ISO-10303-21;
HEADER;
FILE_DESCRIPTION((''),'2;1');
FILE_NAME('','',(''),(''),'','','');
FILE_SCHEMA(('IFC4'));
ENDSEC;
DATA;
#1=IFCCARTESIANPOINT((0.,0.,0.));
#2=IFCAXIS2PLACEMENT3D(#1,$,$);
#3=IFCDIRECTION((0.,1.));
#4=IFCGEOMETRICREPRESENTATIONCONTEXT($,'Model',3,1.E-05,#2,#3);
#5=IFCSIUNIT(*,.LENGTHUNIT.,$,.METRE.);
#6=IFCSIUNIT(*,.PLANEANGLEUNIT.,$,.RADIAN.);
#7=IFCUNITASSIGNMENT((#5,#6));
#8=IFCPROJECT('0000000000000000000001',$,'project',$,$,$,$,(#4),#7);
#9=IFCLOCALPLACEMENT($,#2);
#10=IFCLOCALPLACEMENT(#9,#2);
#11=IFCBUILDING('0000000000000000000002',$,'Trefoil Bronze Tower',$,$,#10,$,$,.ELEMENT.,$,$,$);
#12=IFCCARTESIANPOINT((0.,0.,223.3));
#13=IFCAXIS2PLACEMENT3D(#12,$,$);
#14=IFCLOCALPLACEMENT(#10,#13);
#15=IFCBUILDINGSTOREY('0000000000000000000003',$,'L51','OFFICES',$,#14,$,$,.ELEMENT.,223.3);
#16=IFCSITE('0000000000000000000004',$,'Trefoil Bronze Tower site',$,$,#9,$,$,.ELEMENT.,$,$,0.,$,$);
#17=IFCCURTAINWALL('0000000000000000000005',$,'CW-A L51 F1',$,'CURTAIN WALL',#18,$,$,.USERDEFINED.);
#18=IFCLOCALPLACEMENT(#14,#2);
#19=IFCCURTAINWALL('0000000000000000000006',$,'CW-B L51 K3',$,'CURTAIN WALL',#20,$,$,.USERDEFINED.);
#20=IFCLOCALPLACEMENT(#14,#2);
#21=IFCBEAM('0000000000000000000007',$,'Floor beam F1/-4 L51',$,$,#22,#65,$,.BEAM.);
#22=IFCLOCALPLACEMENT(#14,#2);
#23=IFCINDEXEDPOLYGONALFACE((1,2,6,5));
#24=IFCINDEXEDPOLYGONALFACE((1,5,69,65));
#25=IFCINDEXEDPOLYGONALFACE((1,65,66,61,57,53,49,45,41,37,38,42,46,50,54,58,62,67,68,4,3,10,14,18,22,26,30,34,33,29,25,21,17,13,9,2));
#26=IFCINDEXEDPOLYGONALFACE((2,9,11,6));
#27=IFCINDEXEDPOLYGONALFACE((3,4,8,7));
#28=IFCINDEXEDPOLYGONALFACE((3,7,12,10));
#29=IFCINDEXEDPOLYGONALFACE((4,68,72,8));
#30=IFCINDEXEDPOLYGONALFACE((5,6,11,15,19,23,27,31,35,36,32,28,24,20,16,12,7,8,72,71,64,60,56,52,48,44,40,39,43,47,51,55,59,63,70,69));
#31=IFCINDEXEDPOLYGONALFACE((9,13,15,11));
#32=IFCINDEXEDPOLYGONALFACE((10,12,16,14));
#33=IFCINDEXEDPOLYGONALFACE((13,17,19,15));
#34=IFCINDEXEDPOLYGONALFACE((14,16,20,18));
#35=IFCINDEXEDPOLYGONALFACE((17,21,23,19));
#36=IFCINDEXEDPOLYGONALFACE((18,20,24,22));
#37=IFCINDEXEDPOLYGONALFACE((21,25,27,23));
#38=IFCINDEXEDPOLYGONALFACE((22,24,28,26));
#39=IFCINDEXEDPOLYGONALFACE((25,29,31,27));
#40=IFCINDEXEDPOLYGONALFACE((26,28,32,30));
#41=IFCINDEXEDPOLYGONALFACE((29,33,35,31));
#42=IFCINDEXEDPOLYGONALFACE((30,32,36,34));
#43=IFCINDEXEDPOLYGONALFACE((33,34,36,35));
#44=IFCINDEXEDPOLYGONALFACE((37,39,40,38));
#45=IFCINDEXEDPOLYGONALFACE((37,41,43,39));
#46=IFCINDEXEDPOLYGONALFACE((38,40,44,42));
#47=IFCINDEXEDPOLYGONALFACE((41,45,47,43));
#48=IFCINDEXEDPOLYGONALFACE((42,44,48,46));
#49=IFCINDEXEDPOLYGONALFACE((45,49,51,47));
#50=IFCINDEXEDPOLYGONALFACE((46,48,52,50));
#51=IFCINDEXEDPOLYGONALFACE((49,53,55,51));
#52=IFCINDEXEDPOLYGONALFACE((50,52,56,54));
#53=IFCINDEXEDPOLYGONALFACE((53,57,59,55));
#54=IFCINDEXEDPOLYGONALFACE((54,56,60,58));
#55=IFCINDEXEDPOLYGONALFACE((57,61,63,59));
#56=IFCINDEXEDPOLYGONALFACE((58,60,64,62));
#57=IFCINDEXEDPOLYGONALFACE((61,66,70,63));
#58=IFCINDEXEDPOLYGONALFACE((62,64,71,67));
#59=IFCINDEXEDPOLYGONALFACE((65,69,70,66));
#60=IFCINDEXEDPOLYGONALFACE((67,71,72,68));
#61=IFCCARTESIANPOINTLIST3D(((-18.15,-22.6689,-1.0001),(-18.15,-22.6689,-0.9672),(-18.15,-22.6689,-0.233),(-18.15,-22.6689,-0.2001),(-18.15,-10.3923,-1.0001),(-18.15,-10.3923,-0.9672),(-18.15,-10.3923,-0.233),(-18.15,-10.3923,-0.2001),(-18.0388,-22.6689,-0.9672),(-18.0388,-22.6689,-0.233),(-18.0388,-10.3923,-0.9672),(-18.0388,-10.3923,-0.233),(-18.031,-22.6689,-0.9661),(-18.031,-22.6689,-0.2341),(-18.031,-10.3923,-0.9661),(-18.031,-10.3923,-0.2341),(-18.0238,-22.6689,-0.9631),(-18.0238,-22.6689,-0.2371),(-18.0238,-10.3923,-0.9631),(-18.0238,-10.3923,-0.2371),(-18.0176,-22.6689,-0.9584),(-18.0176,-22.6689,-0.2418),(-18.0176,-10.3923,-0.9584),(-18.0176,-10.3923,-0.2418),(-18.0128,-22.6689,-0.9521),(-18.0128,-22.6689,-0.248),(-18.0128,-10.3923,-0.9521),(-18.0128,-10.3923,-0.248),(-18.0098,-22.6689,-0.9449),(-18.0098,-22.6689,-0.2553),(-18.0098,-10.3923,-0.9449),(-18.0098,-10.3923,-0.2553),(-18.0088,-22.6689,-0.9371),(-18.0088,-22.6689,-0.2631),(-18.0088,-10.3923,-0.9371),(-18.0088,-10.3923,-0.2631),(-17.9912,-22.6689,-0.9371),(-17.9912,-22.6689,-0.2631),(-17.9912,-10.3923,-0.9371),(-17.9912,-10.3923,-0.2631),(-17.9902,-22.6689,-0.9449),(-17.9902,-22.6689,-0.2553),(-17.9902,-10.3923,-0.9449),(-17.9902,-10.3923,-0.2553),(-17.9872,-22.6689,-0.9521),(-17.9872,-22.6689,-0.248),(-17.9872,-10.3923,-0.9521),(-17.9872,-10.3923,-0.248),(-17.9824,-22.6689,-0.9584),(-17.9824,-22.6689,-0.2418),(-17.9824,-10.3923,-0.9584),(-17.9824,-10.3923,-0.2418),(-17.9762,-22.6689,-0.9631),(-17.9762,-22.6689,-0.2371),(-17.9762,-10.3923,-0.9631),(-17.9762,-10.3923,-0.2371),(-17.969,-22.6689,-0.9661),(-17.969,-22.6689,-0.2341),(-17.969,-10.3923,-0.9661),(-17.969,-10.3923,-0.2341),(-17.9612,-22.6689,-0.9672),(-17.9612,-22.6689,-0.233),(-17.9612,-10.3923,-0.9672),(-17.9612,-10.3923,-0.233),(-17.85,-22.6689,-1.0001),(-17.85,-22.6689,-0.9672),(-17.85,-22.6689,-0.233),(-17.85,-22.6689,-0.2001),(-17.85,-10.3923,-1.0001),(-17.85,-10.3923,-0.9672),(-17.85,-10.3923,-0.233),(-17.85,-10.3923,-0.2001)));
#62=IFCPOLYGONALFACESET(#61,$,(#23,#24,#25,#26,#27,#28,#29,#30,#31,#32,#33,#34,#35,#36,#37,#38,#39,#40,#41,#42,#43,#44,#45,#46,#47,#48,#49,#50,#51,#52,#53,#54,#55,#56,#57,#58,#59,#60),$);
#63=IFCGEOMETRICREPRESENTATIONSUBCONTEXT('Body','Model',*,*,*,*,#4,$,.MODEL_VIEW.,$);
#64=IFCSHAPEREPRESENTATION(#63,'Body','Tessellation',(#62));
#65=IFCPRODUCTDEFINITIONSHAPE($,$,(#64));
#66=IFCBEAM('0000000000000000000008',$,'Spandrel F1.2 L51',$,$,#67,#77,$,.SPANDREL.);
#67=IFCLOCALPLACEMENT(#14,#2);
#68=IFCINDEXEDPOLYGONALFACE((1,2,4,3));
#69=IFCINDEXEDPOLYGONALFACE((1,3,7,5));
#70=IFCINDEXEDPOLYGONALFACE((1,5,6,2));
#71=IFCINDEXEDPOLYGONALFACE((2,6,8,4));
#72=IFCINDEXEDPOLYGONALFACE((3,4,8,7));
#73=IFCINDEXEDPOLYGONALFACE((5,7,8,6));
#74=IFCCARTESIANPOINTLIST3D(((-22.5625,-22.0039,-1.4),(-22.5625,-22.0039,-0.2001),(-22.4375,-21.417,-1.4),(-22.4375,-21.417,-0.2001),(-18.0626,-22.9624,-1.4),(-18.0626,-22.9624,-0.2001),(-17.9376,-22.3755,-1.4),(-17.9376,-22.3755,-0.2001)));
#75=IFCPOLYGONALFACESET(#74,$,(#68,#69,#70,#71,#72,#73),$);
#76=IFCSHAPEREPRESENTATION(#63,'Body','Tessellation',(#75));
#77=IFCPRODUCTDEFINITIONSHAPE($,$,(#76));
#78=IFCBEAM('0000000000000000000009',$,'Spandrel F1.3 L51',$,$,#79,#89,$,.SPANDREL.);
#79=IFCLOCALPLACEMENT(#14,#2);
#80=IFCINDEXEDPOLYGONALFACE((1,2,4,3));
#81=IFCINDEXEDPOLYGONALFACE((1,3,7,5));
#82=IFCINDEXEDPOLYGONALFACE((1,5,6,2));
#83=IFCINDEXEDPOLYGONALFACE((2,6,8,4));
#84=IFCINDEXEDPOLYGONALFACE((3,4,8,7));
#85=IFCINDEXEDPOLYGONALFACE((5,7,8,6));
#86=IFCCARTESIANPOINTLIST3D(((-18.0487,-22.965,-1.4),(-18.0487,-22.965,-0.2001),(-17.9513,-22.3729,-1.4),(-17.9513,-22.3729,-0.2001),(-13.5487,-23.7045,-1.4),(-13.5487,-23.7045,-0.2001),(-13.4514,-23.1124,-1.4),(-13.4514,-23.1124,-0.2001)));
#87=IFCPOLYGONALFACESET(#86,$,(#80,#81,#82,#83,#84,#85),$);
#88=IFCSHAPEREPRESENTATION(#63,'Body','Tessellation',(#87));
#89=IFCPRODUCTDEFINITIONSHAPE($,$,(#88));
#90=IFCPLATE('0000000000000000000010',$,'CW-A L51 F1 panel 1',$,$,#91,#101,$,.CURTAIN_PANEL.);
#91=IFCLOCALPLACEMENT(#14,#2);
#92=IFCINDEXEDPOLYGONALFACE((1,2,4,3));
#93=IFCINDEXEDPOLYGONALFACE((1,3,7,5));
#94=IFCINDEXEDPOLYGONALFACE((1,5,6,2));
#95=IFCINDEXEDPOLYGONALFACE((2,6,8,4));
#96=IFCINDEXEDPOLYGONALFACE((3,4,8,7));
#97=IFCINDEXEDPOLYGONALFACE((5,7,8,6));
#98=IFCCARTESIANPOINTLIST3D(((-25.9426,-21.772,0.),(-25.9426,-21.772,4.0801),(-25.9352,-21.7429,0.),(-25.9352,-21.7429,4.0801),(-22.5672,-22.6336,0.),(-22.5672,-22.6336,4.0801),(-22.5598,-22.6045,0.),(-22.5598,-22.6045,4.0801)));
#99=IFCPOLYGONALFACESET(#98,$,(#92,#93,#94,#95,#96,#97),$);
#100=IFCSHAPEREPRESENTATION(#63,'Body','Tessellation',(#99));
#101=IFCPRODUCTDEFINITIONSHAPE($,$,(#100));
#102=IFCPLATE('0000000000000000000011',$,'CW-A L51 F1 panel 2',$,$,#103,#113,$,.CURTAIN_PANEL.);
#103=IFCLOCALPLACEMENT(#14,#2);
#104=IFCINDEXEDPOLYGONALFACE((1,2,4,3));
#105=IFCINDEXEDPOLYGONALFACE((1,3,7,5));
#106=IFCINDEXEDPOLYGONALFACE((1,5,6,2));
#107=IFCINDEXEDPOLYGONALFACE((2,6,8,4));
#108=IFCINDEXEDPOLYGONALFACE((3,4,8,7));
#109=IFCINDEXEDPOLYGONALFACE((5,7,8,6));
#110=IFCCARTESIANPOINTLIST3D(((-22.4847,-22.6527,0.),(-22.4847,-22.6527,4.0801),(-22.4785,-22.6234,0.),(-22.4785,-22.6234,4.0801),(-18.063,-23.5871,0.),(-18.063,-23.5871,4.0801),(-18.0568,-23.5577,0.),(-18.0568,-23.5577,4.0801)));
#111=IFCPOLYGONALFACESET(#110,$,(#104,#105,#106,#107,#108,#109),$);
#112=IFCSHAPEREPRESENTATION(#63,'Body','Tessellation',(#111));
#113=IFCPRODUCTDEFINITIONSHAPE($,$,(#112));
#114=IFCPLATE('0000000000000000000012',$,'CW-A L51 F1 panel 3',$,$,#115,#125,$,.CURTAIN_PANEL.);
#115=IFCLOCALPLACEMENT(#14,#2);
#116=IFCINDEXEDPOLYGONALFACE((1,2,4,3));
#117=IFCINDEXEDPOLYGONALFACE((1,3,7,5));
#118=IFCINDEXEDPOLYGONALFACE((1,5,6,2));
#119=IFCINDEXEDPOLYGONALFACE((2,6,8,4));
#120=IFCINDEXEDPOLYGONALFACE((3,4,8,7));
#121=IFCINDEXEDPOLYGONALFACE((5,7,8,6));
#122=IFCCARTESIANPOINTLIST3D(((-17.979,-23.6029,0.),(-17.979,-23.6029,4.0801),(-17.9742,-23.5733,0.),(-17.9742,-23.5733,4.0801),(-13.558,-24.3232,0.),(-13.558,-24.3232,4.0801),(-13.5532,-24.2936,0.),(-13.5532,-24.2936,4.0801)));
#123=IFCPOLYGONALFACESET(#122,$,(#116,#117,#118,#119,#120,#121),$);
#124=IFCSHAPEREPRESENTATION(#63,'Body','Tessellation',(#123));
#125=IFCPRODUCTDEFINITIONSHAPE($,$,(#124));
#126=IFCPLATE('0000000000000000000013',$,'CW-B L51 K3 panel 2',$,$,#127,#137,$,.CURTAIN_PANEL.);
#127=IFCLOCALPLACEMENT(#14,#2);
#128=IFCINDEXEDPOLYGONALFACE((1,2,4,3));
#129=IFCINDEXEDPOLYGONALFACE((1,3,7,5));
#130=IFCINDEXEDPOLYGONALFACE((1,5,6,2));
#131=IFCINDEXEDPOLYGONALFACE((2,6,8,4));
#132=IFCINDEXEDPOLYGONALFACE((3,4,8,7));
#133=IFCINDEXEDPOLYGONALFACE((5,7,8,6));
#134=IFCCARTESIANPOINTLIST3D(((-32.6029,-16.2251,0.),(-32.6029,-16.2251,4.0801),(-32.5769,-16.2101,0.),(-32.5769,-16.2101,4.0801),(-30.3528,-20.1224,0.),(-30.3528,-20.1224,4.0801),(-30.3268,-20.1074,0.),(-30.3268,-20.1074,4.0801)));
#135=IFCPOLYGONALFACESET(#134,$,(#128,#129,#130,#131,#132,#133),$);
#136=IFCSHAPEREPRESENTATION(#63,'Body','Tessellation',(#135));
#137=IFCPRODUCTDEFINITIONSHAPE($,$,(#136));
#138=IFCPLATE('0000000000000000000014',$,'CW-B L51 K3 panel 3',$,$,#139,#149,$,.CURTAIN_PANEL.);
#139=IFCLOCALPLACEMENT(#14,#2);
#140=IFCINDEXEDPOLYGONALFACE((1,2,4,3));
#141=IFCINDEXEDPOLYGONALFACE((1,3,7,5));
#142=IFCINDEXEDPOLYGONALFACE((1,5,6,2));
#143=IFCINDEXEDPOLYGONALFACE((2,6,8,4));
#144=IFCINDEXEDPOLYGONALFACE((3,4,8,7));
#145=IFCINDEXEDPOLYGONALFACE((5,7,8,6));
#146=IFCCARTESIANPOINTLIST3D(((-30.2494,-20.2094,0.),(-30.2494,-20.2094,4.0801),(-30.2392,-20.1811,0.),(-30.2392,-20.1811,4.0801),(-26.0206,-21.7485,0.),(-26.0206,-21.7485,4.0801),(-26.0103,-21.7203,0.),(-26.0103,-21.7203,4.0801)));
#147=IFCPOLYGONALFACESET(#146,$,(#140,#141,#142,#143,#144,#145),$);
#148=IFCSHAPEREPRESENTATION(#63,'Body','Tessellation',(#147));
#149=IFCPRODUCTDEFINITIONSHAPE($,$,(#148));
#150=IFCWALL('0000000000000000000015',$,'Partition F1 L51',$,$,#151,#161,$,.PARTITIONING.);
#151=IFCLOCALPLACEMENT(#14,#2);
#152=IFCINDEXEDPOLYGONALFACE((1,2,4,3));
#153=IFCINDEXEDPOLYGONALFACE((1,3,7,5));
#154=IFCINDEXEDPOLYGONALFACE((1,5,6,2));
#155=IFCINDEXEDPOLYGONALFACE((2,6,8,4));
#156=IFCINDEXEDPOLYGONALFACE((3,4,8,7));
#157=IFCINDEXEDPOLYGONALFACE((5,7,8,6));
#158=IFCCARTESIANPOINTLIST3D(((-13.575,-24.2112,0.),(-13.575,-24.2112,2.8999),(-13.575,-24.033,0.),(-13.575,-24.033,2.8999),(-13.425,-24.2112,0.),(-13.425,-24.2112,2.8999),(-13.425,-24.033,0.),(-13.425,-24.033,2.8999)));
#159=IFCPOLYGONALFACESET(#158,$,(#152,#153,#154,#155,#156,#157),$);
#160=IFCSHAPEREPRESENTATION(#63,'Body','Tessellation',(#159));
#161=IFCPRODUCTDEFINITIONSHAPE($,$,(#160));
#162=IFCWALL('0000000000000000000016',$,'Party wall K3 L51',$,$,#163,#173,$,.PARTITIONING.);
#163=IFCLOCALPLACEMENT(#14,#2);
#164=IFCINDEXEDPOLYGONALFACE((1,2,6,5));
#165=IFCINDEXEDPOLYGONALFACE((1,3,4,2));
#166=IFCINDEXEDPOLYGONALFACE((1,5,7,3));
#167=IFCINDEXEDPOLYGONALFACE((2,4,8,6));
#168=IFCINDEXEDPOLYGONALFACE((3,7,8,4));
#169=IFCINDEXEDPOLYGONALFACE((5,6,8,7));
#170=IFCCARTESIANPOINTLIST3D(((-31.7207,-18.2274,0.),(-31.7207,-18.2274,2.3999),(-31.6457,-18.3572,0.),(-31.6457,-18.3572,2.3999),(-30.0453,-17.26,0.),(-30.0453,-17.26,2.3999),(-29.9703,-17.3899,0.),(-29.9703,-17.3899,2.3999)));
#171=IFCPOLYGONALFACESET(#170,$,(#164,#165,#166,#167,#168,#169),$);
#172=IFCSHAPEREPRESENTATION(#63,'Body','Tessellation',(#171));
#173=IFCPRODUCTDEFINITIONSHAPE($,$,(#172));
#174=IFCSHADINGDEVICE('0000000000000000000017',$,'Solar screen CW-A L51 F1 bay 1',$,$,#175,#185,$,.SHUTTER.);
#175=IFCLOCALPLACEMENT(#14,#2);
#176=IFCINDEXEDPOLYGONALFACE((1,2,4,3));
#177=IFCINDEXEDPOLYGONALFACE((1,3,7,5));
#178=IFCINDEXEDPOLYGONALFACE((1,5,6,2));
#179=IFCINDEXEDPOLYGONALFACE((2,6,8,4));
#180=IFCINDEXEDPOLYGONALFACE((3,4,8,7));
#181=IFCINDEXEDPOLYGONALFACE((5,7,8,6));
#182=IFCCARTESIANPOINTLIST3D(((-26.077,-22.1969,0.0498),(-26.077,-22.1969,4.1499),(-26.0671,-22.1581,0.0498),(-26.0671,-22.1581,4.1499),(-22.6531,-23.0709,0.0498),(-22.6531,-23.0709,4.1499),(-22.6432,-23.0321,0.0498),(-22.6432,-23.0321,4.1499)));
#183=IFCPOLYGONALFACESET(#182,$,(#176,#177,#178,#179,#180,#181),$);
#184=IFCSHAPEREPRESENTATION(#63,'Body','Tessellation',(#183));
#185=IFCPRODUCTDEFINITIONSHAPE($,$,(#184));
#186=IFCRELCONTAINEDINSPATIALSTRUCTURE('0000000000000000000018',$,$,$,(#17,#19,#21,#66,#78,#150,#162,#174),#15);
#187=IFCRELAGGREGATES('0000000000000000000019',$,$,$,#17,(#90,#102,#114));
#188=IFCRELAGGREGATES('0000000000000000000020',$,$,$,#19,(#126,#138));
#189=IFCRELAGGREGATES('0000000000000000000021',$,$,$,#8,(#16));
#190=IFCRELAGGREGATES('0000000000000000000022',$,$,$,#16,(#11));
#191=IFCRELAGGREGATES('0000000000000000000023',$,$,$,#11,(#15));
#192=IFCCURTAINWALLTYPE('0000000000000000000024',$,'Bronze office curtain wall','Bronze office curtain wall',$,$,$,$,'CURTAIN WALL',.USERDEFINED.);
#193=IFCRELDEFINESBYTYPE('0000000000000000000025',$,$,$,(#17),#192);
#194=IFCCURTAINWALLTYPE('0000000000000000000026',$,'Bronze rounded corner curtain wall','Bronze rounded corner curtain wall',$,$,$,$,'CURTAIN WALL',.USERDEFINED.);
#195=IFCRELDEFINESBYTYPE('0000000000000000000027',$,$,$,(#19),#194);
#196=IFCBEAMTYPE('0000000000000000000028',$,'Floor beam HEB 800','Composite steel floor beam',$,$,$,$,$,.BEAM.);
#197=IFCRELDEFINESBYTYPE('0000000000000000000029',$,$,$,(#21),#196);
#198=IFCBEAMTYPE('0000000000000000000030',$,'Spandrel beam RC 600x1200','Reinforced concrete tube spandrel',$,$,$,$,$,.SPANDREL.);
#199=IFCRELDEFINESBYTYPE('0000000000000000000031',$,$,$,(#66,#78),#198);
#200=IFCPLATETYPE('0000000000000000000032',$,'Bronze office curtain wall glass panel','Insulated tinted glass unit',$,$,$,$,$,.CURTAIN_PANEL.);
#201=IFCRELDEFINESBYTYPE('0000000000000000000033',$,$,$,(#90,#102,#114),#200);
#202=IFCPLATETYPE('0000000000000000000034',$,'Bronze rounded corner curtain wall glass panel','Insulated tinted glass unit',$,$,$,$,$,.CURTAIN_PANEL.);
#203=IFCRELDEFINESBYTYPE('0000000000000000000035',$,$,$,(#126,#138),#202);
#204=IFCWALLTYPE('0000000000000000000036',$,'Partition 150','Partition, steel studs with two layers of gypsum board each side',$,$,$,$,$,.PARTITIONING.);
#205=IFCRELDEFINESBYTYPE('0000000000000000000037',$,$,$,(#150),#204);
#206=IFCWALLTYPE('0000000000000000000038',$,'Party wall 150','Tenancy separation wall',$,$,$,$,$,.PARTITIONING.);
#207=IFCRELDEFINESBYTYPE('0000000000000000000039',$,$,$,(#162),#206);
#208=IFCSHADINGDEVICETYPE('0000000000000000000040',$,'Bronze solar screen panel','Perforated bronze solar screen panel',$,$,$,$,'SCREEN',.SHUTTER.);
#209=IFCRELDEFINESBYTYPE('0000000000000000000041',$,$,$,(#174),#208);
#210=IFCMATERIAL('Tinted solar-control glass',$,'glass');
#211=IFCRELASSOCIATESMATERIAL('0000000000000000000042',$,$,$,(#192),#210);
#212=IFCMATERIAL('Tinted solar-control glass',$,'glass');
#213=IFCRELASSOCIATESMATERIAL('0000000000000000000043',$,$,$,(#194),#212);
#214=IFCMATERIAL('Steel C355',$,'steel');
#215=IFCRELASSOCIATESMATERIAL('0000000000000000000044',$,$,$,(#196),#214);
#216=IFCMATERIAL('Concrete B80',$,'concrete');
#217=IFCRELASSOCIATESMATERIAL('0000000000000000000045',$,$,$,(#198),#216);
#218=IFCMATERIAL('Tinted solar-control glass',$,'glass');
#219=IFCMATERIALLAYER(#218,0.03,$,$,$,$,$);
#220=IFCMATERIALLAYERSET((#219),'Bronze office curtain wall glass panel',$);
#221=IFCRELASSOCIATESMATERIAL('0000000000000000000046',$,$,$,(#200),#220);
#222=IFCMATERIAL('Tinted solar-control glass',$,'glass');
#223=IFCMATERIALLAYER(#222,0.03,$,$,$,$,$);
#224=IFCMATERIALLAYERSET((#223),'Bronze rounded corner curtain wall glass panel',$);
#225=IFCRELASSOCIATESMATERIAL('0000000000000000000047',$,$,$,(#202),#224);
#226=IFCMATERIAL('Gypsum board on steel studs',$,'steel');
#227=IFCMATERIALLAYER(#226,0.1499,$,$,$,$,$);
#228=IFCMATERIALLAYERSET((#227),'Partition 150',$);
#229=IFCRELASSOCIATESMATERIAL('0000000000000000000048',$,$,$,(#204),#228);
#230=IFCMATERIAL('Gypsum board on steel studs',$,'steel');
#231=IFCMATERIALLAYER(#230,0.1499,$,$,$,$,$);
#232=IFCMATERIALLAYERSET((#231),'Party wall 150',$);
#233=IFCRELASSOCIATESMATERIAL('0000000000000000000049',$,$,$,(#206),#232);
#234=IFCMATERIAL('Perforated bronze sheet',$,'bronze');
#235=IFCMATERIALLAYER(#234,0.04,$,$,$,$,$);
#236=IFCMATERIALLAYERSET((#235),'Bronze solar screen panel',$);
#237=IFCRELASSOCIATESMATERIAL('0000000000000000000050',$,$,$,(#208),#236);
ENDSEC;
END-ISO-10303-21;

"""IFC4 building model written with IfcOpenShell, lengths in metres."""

from ifc_helpers import new_model, si_unit, direction, frame, frame_2d, origin, origin_2d, place, context, subcontext, project, spatial, rectangle, i_section, extrude, material, layer, layer_set, material_profile, profile_set, type_object, element, aggregate, save


model = new_model("IFC4")

# Units and contexts
model_context = context("Model", 3, precision=1e-05, world=origin(), true_north=direction((0.0, 1.0)))
body_context = subcontext(model_context, "Body", "Model", "MODEL_VIEW")
ifc_project = project(units=[si_unit("LENGTHUNIT", "METRE"), si_unit("PLANEANGLEUNIT", "RADIAN")], contexts=[model_context])

# Site, building, storey
site_placement = place(None, origin())
site = spatial("IfcSite", under=ifc_project, at=site_placement, Name="Trefoil Bronze Tower site", CompositionType="ELEMENT", RefElevation=0.0)
building_placement = place(site_placement, origin())
building = spatial("IfcBuilding", under=site, at=building_placement, Name="Trefoil Bronze Tower", CompositionType="ELEMENT")
storey_placement = place(building_placement, frame((0.0, 0.0, 223.3)))
storey = spatial("IfcBuildingStorey", under=building, at=storey_placement, Name="L51", Description="OFFICES", CompositionType="ELEMENT", Elevation=223.3)

# Curtain walls
ifc_material_1 = material(Name="Tinted solar-control glass", Category="glass")
curtain_wall_type_1 = type_object("IfcCurtainWallType", Name="Bronze office curtain wall", Description="Bronze office curtain wall", ElementType="CURTAIN WALL", PredefinedType="USERDEFINED", material=ifc_material_1)
curtain_wall_1_placement = place(storey_placement, origin())
curtain_wall_1 = element("IfcCurtainWall", 1, at=curtain_wall_1_placement, inside=storey, type_object=curtain_wall_type_1, Name="CW-A L51 F1", ObjectType="CURTAIN WALL", PredefinedType="USERDEFINED")
ifc_material_2 = material(Name="Tinted solar-control glass", Category="glass")
curtain_wall_type_2 = type_object("IfcCurtainWallType", Name="Bronze rounded corner curtain wall", Description="Bronze rounded corner curtain wall", ElementType="CURTAIN WALL", PredefinedType="USERDEFINED", material=ifc_material_2)
curtain_wall_2_placement = place(storey_placement, origin())
curtain_wall_2 = element("IfcCurtainWall", 2, at=curtain_wall_2_placement, inside=storey, type_object=curtain_wall_type_2, Name="CW-B L51 K3", ObjectType="CURTAIN WALL", PredefinedType="USERDEFINED")

# Beams
ifc_material_3 = material(Name="Steel C355", Category="steel")
ifc_material_profile_1 = material_profile(ifc_material_3, i_section(OverallWidth=0.3, OverallDepth=0.8, WebThickness=0.0176, FlangeThickness=0.033, FilletRadius=0.03, at=origin_2d()), Name="HEB 800")
ifc_profile_set_1 = profile_set([ifc_material_profile_1], Name="Steel C355")
beam_type_1 = type_object("IfcBeamType", Name="Floor beam HEB 800", Description="Composite steel floor beam", PredefinedType="BEAM", material=ifc_profile_set_1)
beam_1_placement = place(storey_placement, frame((-18.0, -22.6689, -0.6001), z_axis=(0.0, 1.0, 0.0), x_axis=(-1.0, 0.0, 0.0)))
element("IfcBeam", 3, at=beam_1_placement, inside=storey, type_object=beam_type_1, Name="Floor beam F1/-4 L51", PredefinedType="BEAM", context=body_context, shape_type="SweptSolid", body=[
    extrude(i_section(OverallWidth=0.3, OverallDepth=0.8, WebThickness=0.0176, FlangeThickness=0.033, FilletRadius=0.03, at=origin_2d()), origin(), (0.0, 0.0, 1.0), 12.2766),
])
ifc_material_4 = material(Name="Concrete B80", Category="concrete")
ifc_material_profile_2 = material_profile(ifc_material_4, rectangle(XDim=0.6001, YDim=1.2, at=origin_2d()), Name="RC 600x1200")
ifc_profile_set_2 = profile_set([ifc_material_profile_2], Name="Concrete B80")
beam_type_2 = type_object("IfcBeamType", Name="Spandrel beam RC 600x1200", Description="Reinforced concrete tube spandrel", PredefinedType="SPANDREL", material=ifc_profile_set_2)
beam_2_placement = place(storey_placement, frame((-22.5, -21.7104, -0.8), z_axis=(0.978059, -0.208326, 0.0), x_axis=(0.208326, 0.978059, 0.0)))
element("IfcBeam", 4, at=beam_2_placement, inside=storey, type_object=beam_type_2, Name="Spandrel F1.2 L51", PredefinedType="SPANDREL", context=body_context, shape_type="SweptSolid", body=[
    extrude(rectangle(XDim=0.6001, YDim=1.2, at=origin_2d()), origin(), (0.0, 0.0, 1.0), 4.6008),
])
beam_3_placement = place(storey_placement, frame((-18.0, -22.6689, -0.8), z_axis=(0.986765, -0.162159, 0.0), x_axis=(0.162159, 0.986765, 0.0)))
element("IfcBeam", 5, at=beam_3_placement, inside=storey, type_object=beam_type_2, Name="Spandrel F1.3 L51", PredefinedType="SPANDREL", context=body_context, shape_type="SweptSolid", body=[
    extrude(rectangle(XDim=0.6001, YDim=1.2, at=origin_2d()), origin(), (0.0, 0.0, 1.0), 4.5603),
])

# Plates
ifc_material_5 = material(Name="Tinted solar-control glass", Category="glass")
ifc_layer_1 = layer(ifc_material_5, 0.03)
ifc_layer_set_1 = layer_set([ifc_layer_1], Name="Bronze office curtain wall glass panel")
plate_type_1 = type_object("IfcPlateType", Name="Bronze office curtain wall glass panel", Description="Insulated tinted glass unit", PredefinedType="CURTAIN_PANEL", material=ifc_layer_set_1)
plate_1_placement = place(storey_placement, frame((-24.2512, -22.1882, 0.0), z_axis=(0.0, 0.0, 1.0), x_axis=(0.968934, -0.247319, 0.0)))
plate_1 = element("IfcPlate", 6, at=plate_1_placement, type_object=plate_type_1, Name="CW-A L51 F1 panel 1", PredefinedType="CURTAIN_PANEL", context=body_context, shape_type="SweptSolid", body=[
    extrude(rectangle(XDim=3.4836, YDim=0.03, at=origin_2d()), origin(), (0.0, 0.0, 1.0), 4.0801),
])
plate_2_placement = place(storey_placement, frame((-20.2708, -23.1052, 0.0), z_axis=(0.0, 0.0, 1.0), x_axis=(0.978394, -0.206747, 0.0)))
plate_2 = element("IfcPlate", 7, at=plate_2_placement, type_object=plate_type_1, Name="CW-A L51 F1 panel 2", PredefinedType="CURTAIN_PANEL", context=body_context, shape_type="SweptSolid", body=[
    extrude(rectangle(XDim=4.5193, YDim=0.03, at=origin_2d()), origin(), (0.0, 0.0, 1.0), 4.0801),
])
plate_3_placement = place(storey_placement, frame((-15.7661, -23.9482, 0.0), z_axis=(0.0, 0.0, 1.0), x_axis=(0.986987, -0.160803, 0.0)))
plate_3 = element("IfcPlate", 8, at=plate_3_placement, type_object=plate_type_1, Name="CW-A L51 F1 panel 3", PredefinedType="CURTAIN_PANEL", context=body_context, shape_type="SweptSolid", body=[
    extrude(rectangle(XDim=4.4792, YDim=0.03, at=origin_2d()), origin(), (0.0, 0.0, 1.0), 4.0801),
])
aggregate(curtain_wall_1, [plate_1, plate_2, plate_3])
ifc_material_6 = material(Name="Tinted solar-control glass", Category="glass")
ifc_layer_2 = layer(ifc_material_6, 0.03)
ifc_layer_set_2 = layer_set([ifc_layer_2], Name="Bronze rounded corner curtain wall glass panel")
plate_type_2 = type_object("IfcPlateType", Name="Bronze rounded corner curtain wall glass panel", Description="Insulated tinted glass unit", PredefinedType="CURTAIN_PANEL", material=ifc_layer_set_2)
plate_4_placement = place(storey_placement, frame((-31.4648, -18.1663, 0.0), z_axis=(0.0, 0.0, 1.0), x_axis=(0.5, -0.866025, 0.0)))
plate_4 = element("IfcPlate", 9, at=plate_4_placement, type_object=plate_type_2, Name="CW-B L51 K3 panel 2", PredefinedType="CURTAIN_PANEL", context=body_context, shape_type="SweptSolid", body=[
    extrude(rectangle(XDim=4.5002, YDim=0.03, at=origin_2d()), origin(), (0.0, 0.0, 1.0), 4.0801),
])
plate_5_placement = place(storey_placement, frame((-28.1299, -20.9648, 0.0), z_axis=(0.0, 0.0, 1.0), x_axis=(0.939693, -0.34202, 0.0)))
plate_5 = element("IfcPlate", 10, at=plate_5_placement, type_object=plate_type_2, Name="CW-B L51 K3 panel 3", PredefinedType="CURTAIN_PANEL", context=body_context, shape_type="SweptSolid", body=[
    extrude(rectangle(XDim=4.5002, YDim=0.03, at=origin_2d()), origin(), (0.0, 0.0, 1.0), 4.0801),
])
aggregate(curtain_wall_2, [plate_4, plate_5])

# Walls
ifc_material_7 = material(Name="Gypsum board on steel studs", Category="steel")
ifc_layer_3 = layer(ifc_material_7, 0.1499)
ifc_layer_set_3 = layer_set([ifc_layer_3], Name="Partition 150")
wall_type_1 = type_object("IfcWallType", Name="Partition 150", Description="Partition, steel studs with two layers of gypsum board each side", PredefinedType="PARTITIONING", material=ifc_layer_set_3)
wall_1_placement = place(storey_placement, frame((-13.5, -24.033, 0.0), z_axis=(0.0, 0.0, 1.0), x_axis=(0.0, -1.0, 0.0)))
element("IfcWall", 11, at=wall_1_placement, inside=storey, type_object=wall_type_1, Name="Partition F1 L51", PredefinedType="PARTITIONING", context=body_context, shape_type="SweptSolid", body=[
    extrude(rectangle(XDim=0.1782, YDim=0.1499, at=frame_2d((0.0891, 0.0))), origin(), (0.0, 0.0, 1.0), 2.8999),
])
ifc_material_8 = material(Name="Gypsum board on steel studs", Category="steel")
ifc_layer_4 = layer(ifc_material_8, 0.1499)
ifc_layer_set_4 = layer_set([ifc_layer_4], Name="Party wall 150")
wall_type_2 = type_object("IfcWallType", Name="Party wall 150", Description="Tenancy separation wall", PredefinedType="PARTITIONING", material=ifc_layer_set_4)
wall_2_placement = place(storey_placement, frame((-30.0078, -17.325, 0.0), z_axis=(0.0, 0.0, 1.0), x_axis=(-0.866013, -0.500021, 0.0)))
element("IfcWall", 12, at=wall_2_placement, inside=storey, type_object=wall_type_2, Name="Party wall K3 L51", PredefinedType="PARTITIONING", context=body_context, shape_type="SweptSolid", body=[
    extrude(rectangle(XDim=1.9346, YDim=0.1499, at=frame_2d((0.9673, 0.0))), origin(), (0.0, 0.0, 1.0), 2.3999),
])

# Shading device
ifc_material_9 = material(Name="Perforated bronze sheet", Category="bronze")
ifc_layer_5 = layer(ifc_material_9, 0.04)
ifc_layer_set_5 = layer_set([ifc_layer_5], Name="Bronze solar screen panel")
shading_device_type = type_object("IfcShadingDeviceType", Name="Bronze solar screen panel", Description="Perforated bronze solar screen panel", ElementType="SCREEN", PredefinedType="SHUTTER", material=ifc_layer_set_5)
shading_device_1_placement = place(storey_placement, frame((-24.3601, -22.6145, 0.0498), z_axis=(0.0, 0.0, 1.0), x_axis=(0.968934, -0.247319, 0.0)))
element("IfcShadingDevice", 13, at=shading_device_1_placement, inside=storey, type_object=shading_device_type, Name="Solar screen CW-A L51 F1 bay 1", PredefinedType="SHUTTER", context=body_context, shape_type="SweptSolid", body=[
    extrude(rectangle(XDim=3.5337, YDim=0.04, at=origin_2d()), origin(), (0.0, 0.0, 1.0), 4.1001),
])

save(model, "model.ifc")
